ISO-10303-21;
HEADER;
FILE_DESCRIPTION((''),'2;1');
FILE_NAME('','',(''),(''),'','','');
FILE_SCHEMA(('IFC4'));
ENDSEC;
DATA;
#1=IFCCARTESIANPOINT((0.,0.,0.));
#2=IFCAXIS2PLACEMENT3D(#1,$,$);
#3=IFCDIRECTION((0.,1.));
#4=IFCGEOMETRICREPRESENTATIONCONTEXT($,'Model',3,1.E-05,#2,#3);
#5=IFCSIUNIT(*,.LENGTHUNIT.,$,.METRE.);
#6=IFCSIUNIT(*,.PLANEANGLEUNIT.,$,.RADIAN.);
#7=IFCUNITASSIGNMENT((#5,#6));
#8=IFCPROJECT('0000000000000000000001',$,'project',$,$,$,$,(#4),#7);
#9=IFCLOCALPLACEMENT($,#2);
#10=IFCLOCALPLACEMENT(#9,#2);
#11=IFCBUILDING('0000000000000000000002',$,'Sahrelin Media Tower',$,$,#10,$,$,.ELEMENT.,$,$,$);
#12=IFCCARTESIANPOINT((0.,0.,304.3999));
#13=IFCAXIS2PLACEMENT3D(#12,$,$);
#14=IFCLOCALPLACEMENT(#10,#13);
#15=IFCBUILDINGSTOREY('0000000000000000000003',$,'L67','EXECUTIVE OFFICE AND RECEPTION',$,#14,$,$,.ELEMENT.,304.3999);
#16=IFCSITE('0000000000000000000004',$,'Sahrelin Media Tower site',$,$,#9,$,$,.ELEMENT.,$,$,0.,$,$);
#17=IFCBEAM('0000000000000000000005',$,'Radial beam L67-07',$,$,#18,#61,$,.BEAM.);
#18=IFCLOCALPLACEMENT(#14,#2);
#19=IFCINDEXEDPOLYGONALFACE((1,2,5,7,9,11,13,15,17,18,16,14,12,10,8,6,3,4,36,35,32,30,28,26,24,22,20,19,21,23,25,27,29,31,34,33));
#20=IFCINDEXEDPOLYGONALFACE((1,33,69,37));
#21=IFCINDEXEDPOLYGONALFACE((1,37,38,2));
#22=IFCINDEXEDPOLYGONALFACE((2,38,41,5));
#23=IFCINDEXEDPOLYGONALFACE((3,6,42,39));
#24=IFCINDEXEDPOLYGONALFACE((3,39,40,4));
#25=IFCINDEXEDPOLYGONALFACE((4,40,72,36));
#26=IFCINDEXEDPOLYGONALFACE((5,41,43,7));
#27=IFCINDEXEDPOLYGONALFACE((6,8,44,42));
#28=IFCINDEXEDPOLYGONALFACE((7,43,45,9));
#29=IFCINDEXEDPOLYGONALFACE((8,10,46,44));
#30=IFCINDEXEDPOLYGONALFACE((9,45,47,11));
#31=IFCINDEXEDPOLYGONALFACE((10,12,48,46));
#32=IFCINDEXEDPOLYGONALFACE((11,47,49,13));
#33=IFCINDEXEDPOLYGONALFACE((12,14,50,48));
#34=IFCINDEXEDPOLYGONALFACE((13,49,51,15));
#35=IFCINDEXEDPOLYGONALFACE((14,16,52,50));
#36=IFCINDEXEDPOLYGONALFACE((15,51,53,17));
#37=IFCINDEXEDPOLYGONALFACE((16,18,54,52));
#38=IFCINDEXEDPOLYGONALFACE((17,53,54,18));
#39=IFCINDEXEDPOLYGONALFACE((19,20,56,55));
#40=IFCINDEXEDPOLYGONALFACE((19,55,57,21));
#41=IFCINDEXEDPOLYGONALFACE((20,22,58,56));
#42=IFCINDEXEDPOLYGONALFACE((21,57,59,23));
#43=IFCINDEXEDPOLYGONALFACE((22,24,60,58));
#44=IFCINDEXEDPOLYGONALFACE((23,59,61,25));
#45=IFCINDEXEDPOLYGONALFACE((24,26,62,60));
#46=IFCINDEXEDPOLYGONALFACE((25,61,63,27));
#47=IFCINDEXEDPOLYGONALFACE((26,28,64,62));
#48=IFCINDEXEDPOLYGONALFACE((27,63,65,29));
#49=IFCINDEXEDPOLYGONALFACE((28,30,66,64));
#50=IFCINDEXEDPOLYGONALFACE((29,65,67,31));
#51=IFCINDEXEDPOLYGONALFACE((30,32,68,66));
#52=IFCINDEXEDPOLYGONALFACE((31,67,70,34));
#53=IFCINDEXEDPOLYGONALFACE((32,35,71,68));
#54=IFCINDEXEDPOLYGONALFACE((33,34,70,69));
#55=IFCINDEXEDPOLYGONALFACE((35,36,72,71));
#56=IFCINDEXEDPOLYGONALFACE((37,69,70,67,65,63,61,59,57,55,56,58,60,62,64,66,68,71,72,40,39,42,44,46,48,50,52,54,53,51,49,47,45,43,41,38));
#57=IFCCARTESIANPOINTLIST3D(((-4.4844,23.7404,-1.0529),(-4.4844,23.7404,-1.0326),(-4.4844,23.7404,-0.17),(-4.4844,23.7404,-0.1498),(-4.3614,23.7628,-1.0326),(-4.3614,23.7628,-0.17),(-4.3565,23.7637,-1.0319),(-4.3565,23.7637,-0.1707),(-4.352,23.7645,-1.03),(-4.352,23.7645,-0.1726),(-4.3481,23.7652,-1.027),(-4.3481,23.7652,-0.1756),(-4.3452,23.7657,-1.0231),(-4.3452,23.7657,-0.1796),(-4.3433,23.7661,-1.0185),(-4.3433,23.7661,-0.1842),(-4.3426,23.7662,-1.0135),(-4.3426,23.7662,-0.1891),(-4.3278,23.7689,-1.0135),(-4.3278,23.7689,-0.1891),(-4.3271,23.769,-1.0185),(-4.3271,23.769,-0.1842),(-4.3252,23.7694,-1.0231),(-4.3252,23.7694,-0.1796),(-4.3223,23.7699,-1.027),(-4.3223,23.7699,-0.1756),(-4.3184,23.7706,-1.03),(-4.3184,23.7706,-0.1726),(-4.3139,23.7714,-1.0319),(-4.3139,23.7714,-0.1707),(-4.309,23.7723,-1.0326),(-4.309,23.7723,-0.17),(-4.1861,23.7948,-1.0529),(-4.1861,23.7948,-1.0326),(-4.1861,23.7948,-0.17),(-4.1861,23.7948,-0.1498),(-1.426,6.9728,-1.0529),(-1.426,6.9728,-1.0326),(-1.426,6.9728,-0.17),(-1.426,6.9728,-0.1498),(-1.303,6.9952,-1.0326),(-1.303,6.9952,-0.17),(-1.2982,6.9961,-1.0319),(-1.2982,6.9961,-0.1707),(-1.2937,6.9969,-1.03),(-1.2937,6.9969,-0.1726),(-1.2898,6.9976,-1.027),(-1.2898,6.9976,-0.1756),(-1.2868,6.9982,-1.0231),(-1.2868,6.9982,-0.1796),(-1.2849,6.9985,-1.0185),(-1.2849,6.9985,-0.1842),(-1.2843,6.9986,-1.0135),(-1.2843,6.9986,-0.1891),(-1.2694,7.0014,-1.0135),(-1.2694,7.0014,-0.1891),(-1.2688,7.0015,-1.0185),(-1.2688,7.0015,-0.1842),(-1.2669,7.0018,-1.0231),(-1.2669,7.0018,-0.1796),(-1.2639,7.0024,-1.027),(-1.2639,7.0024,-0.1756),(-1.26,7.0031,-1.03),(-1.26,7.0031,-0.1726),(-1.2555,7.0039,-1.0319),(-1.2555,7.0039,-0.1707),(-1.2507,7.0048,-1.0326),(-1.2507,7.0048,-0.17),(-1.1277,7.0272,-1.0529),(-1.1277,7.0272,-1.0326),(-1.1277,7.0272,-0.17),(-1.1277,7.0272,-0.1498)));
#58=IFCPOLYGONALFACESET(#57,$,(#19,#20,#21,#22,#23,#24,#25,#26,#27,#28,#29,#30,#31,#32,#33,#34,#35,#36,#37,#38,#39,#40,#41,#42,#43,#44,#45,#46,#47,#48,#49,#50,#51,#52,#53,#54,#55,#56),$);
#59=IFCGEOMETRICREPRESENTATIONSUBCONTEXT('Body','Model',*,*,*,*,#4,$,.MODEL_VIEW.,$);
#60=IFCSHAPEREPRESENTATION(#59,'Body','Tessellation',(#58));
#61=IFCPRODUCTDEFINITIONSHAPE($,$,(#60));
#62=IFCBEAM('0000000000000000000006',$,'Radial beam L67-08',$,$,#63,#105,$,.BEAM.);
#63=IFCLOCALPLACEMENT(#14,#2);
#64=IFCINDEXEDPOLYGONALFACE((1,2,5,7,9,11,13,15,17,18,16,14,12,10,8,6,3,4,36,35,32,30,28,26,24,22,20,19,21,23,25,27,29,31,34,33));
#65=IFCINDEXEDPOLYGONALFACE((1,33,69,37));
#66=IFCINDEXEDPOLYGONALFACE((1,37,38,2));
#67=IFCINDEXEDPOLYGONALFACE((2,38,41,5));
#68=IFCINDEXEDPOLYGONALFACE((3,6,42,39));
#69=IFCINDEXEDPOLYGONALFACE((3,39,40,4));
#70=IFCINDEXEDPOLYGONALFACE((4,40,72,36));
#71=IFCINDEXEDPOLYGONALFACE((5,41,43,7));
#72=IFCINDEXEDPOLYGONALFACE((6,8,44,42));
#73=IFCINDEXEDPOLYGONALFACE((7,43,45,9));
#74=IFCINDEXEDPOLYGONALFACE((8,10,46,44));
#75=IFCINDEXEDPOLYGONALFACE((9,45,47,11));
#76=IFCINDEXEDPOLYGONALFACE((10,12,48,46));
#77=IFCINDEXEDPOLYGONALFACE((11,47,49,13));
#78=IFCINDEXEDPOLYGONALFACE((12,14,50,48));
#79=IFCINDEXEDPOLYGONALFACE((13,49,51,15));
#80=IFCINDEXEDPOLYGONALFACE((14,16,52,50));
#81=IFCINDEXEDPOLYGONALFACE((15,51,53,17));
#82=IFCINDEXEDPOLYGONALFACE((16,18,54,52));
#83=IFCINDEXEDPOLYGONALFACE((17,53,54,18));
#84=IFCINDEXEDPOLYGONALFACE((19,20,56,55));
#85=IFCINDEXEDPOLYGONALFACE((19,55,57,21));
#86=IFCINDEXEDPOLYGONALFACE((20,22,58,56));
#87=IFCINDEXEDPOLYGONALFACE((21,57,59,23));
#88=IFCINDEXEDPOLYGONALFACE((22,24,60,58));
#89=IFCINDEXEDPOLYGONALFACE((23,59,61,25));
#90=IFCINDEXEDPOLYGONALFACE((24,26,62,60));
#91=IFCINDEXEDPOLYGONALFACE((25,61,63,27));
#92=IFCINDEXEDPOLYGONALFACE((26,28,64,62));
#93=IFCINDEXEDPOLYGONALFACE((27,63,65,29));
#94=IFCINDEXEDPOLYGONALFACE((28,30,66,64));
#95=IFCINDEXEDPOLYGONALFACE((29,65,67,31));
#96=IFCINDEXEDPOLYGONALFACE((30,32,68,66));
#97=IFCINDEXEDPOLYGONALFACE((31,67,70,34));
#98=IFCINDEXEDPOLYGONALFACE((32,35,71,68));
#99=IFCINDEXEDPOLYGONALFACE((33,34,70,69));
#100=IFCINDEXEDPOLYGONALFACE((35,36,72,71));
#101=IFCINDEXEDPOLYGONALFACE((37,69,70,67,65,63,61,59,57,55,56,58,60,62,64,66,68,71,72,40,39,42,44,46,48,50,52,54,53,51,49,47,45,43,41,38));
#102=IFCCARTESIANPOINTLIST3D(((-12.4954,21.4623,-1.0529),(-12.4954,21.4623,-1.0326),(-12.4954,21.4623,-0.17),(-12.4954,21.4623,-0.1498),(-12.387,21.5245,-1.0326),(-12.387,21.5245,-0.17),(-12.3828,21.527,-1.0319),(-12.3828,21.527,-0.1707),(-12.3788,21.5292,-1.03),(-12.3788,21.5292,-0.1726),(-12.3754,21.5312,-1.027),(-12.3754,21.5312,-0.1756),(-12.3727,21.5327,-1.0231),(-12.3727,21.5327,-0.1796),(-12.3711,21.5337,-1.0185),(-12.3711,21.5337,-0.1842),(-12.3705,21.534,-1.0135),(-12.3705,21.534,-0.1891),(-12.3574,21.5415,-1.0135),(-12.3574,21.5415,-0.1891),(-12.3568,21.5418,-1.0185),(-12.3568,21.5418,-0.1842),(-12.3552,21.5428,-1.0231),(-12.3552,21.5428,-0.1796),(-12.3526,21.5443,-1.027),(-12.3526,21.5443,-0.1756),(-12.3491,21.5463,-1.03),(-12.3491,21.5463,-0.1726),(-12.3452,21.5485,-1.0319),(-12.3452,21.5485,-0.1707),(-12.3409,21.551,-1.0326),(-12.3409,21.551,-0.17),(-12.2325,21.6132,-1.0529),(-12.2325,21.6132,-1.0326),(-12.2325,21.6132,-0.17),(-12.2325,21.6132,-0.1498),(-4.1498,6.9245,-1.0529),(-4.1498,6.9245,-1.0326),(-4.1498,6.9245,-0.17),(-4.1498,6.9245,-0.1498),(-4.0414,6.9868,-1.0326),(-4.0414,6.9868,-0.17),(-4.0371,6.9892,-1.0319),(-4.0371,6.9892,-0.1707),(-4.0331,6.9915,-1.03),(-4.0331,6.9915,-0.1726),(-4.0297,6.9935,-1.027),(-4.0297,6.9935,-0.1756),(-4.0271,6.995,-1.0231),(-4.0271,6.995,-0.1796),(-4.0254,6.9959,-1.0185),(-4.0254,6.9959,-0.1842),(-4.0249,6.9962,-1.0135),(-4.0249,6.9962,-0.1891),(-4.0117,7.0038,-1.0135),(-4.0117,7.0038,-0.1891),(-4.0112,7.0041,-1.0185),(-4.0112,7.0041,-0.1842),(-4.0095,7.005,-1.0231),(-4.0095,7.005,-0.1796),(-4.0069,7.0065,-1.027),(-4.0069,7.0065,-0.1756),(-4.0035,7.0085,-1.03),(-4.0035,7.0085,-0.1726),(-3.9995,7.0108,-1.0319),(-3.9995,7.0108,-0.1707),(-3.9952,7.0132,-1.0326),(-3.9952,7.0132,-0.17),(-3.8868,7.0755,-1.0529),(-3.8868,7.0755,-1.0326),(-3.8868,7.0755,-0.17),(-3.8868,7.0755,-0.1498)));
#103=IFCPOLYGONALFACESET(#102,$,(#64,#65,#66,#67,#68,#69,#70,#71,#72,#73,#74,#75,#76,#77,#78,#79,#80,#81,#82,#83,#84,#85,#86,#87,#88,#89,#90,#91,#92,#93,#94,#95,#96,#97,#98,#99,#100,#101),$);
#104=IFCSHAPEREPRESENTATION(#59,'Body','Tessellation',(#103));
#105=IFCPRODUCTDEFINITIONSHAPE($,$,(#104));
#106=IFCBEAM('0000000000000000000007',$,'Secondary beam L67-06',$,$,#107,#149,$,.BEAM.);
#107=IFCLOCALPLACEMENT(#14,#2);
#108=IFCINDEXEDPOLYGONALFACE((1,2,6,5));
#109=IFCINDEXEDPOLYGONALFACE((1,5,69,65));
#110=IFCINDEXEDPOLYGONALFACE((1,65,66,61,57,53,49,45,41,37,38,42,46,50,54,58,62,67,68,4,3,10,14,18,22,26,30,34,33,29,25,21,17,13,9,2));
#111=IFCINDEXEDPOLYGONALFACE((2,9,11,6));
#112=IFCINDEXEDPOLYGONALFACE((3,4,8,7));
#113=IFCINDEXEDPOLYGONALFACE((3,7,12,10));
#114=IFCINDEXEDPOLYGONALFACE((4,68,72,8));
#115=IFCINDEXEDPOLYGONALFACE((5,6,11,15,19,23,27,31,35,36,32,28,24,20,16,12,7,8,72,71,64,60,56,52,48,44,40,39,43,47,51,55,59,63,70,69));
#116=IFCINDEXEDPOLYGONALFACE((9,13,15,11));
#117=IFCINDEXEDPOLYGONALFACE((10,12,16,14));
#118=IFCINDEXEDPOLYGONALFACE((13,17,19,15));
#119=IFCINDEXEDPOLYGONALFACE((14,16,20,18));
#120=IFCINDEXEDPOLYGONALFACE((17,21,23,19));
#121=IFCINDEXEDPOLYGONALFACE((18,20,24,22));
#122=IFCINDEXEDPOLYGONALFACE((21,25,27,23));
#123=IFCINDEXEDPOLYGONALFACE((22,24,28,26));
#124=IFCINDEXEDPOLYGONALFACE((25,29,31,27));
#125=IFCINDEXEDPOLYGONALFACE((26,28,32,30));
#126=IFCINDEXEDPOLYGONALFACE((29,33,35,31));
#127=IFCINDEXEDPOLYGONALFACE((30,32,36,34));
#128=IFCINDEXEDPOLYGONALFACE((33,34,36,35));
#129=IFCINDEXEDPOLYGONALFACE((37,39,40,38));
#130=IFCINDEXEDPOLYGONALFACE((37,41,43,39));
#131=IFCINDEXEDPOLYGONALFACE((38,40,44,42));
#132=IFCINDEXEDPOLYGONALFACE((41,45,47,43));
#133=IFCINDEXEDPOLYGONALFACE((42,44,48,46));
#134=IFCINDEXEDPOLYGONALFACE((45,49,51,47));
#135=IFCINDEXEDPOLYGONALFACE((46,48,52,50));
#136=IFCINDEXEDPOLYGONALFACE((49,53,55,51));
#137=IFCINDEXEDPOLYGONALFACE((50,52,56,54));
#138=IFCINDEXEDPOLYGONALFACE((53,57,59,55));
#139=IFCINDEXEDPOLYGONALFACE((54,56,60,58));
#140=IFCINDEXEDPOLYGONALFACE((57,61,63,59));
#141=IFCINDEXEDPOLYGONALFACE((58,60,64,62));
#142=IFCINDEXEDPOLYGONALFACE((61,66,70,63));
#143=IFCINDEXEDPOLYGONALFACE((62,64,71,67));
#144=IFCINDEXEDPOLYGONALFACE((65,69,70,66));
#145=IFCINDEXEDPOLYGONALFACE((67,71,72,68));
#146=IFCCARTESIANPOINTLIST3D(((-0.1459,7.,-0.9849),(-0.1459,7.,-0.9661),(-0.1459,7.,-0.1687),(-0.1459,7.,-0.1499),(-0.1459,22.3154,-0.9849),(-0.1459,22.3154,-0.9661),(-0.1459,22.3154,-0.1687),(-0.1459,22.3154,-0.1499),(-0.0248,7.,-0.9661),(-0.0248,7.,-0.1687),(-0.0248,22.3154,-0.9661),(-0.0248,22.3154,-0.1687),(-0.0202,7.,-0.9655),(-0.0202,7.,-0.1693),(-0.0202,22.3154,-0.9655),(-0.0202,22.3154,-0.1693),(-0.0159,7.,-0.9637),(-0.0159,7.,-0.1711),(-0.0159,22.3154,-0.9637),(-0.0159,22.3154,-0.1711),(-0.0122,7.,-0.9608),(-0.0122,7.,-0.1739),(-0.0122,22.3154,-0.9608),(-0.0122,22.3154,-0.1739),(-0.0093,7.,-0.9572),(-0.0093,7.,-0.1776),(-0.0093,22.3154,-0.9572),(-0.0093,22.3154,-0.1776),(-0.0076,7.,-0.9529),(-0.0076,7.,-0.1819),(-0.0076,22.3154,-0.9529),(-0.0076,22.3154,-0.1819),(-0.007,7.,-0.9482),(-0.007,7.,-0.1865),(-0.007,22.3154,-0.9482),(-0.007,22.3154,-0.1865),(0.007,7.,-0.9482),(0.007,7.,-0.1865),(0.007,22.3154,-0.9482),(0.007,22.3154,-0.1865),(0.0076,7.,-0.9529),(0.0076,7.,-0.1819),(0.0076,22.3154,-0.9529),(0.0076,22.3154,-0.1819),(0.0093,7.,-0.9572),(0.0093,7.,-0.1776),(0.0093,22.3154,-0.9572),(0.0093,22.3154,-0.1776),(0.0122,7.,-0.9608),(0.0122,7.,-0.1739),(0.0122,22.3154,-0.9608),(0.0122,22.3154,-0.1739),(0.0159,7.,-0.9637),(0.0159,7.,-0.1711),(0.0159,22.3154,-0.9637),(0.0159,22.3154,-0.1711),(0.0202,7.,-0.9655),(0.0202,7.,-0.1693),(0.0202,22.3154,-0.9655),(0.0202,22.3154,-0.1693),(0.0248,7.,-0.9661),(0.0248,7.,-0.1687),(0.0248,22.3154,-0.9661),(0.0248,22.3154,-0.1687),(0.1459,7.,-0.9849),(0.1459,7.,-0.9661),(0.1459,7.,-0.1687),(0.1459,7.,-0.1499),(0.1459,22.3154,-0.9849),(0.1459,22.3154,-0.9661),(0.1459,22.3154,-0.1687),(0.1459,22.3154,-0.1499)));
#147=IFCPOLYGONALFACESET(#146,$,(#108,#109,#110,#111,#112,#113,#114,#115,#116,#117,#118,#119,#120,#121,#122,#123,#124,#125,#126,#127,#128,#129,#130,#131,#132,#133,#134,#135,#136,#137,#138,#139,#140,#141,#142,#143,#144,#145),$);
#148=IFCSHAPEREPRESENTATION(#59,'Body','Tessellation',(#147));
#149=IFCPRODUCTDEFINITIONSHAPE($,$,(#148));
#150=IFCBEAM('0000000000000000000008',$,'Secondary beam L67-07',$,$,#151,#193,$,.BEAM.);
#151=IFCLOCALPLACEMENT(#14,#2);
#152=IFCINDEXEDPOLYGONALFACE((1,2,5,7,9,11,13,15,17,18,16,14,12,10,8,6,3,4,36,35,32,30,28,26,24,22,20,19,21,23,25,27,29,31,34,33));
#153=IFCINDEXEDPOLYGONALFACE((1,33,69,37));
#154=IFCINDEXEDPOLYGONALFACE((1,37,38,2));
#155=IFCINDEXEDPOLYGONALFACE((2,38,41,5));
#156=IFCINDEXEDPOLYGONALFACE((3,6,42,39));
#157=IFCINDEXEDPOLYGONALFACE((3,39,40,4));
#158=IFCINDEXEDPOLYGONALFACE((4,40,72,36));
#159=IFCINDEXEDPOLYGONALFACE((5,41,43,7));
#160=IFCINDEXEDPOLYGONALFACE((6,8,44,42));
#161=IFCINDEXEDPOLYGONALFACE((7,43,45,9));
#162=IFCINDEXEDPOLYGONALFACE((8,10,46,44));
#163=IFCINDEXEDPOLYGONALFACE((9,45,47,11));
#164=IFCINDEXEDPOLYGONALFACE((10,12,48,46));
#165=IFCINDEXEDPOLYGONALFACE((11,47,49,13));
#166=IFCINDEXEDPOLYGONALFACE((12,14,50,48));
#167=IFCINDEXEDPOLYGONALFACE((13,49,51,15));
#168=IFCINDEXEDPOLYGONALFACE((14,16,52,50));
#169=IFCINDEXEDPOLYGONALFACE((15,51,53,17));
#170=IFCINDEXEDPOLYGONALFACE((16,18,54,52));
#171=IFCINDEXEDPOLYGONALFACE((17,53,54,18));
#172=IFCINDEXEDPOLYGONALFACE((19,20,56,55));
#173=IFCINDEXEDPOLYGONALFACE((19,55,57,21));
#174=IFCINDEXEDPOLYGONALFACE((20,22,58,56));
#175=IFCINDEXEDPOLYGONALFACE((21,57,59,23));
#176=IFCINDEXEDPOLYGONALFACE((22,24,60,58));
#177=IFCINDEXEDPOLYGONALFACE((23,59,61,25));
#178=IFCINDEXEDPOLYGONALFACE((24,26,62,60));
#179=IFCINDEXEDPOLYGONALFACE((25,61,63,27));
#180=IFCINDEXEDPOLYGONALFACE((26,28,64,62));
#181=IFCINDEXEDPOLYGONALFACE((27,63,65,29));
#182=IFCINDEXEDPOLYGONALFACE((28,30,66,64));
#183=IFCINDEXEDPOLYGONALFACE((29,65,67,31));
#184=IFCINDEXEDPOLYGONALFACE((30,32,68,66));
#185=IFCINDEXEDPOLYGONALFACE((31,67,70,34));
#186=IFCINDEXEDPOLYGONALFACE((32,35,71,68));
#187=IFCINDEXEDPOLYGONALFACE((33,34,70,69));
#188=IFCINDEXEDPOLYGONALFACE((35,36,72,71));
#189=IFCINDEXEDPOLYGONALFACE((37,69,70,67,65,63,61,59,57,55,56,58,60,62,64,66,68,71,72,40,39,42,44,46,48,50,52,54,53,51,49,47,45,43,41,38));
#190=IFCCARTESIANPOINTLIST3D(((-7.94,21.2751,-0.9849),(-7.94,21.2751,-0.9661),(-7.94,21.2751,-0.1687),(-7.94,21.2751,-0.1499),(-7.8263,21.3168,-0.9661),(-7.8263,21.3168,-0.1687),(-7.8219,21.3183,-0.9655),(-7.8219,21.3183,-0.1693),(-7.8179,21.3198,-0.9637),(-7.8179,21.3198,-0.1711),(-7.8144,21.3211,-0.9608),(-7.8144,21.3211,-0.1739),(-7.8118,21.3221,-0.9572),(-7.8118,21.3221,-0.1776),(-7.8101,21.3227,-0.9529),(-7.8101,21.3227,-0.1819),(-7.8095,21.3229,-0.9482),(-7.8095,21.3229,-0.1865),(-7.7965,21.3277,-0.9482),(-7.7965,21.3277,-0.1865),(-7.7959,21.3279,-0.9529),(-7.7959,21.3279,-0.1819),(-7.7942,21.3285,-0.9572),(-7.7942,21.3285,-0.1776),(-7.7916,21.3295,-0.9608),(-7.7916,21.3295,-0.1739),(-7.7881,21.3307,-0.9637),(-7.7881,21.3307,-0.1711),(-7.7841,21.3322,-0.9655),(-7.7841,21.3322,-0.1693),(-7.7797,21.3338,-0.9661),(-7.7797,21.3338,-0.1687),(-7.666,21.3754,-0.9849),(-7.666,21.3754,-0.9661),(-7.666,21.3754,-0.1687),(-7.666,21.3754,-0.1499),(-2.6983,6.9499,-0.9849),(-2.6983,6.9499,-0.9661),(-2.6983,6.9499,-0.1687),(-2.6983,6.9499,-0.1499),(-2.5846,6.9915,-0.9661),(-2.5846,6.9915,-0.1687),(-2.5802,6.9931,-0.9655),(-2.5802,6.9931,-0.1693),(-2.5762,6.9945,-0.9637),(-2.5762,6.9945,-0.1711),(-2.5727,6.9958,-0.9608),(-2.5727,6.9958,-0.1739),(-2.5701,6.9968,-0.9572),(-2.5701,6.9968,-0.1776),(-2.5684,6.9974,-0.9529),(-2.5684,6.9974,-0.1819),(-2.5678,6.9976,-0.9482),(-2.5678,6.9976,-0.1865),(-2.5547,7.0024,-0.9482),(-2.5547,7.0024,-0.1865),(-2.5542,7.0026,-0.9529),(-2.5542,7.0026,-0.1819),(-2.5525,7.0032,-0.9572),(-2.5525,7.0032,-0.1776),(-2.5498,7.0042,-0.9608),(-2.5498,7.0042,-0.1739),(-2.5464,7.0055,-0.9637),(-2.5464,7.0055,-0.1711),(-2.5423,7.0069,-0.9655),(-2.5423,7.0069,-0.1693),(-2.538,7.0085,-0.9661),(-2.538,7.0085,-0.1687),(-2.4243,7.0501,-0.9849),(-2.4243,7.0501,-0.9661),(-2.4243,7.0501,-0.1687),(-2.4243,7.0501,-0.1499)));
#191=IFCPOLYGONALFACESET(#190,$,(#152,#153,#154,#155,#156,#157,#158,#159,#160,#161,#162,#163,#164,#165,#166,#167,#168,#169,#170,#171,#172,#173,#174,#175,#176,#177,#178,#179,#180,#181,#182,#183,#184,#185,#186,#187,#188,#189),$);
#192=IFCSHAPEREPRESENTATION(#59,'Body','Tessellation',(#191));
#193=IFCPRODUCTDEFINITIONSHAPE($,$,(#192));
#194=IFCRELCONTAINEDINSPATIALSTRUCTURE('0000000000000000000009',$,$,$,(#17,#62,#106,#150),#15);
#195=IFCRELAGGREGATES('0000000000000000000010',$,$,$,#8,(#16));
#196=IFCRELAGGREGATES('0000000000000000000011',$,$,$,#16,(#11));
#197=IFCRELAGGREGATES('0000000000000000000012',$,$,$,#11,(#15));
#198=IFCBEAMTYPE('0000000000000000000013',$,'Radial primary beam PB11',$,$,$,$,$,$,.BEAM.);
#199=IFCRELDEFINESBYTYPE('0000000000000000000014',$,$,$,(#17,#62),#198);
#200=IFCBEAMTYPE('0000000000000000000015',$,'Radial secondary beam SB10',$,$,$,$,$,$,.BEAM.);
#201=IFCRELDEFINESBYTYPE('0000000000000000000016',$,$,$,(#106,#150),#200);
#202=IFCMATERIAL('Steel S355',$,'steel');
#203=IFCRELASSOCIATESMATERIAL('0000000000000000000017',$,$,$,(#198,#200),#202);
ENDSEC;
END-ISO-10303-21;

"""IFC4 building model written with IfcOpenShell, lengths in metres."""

from ifc_helpers import new_model, si_unit, direction, frame, origin, origin_2d, place, context, subcontext, project, spatial, i_section, extrude, material, material_profile, profile_set, type_object, element, save


model = new_model("IFC4")

# Units and contexts
model_context = context("Model", 3, precision=1e-05, world=origin(), true_north=direction((0.0, 1.0)))
body_context = subcontext(model_context, "Body", "Model", "MODEL_VIEW")
ifc_project = project(units=[si_unit("LENGTHUNIT", "METRE"), si_unit("PLANEANGLEUNIT", "RADIAN")], contexts=[model_context])

# Site, building, storey
site_placement = place(None, origin())
site = spatial("IfcSite", under=ifc_project, at=site_placement, Name="Sahrelin Media Tower site", CompositionType="ELEMENT", RefElevation=0.0)
building_placement = place(site_placement, origin())
building = spatial("IfcBuilding", under=site, at=building_placement, Name="Sahrelin Media Tower", CompositionType="ELEMENT")
storey_placement = place(building_placement, frame((0.0, 0.0, 304.3999)))
storey = spatial("IfcBuildingStorey", under=building, at=storey_placement, Name="L67", Description="EXECUTIVE OFFICE AND RECEPTION", CompositionType="ELEMENT", Elevation=304.3999)

# Shared definitions
ifc_material_1 = material(Name="Steel S355", Category="steel")

# Beams
ifc_material_profile_1 = material_profile(ifc_material_1, i_section(OverallWidth=0.3032, OverallDepth=0.9031, WebThickness=0.0151, FlangeThickness=0.0203, FilletRadius=0.019, at=origin_2d()), Name="UB 914x305x201")
ifc_profile_set_1 = profile_set([ifc_material_profile_1], Name="Steel S355")
beam_type_1 = type_object("IfcBeamType", Name="Radial primary beam PB11", PredefinedType="BEAM", material=ifc_profile_set_1)
beam_1_placement = place(storey_placement, frame((-1.2769, 7.0, -0.6013), z_axis=(-0.179436, 0.98377, 0.0), x_axis=(-0.98377, -0.179436, 0.0)))
element("IfcBeam", 1, at=beam_1_placement, inside=storey, type_object=beam_type_1, Name="Radial beam L67-07", PredefinedType="BEAM", context=body_context, shape_type="SweptSolid", body=[
    extrude(i_section(OverallWidth=0.3032, OverallDepth=0.9031, WebThickness=0.0151, FlangeThickness=0.0203, FilletRadius=0.019, at=origin_2d()), origin(), (0.0, 0.0, 1.0), 17.0442),
])
beam_2_placement = place(storey_placement, frame((-4.0183, 7.0, -0.6013), z_axis=(-0.497863, 0.867256, 0.0), x_axis=(-0.867256, -0.497863, 0.0)))
element("IfcBeam", 2, at=beam_2_placement, inside=storey, type_object=beam_type_1, Name="Radial beam L67-08", PredefinedType="BEAM", context=body_context, shape_type="SweptSolid", body=[
    extrude(i_section(OverallWidth=0.3032, OverallDepth=0.9031, WebThickness=0.0151, FlangeThickness=0.0203, FilletRadius=0.019, at=origin_2d()), origin(), (0.0, 0.0, 1.0), 16.7629),
])
ifc_material_profile_2 = material_profile(ifc_material_1, i_section(OverallWidth=0.2917, OverallDepth=0.835, WebThickness=0.0139, FlangeThickness=0.0188, FilletRadius=0.0178, at=origin_2d()), Name="UB 838x292x176")
ifc_profile_set_2 = profile_set([ifc_material_profile_2], Name="Steel S355")
beam_type_2 = type_object("IfcBeamType", Name="Radial secondary beam SB10", PredefinedType="BEAM", material=ifc_profile_set_2)
beam_3_placement = place(storey_placement, frame((0.0, 7.0, -0.5674), z_axis=(0.0, 1.0, 0.0), x_axis=(-1.0, 0.0, 0.0)))
element("IfcBeam", 3, at=beam_3_placement, inside=storey, type_object=beam_type_2, Name="Secondary beam L67-06", PredefinedType="BEAM", context=body_context, shape_type="SweptSolid", body=[
    extrude(i_section(OverallWidth=0.2917, OverallDepth=0.835, WebThickness=0.0139, FlangeThickness=0.0188, FilletRadius=0.0178, at=origin_2d()), origin(), (0.0, 0.0, 1.0), 15.3154),
])
beam_4_placement = place(storey_placement, frame((-2.5613, 7.0, -0.5674), z_axis=(-0.343626, 0.939106, 0.0), x_axis=(-0.939106, -0.343626, 0.0)))
element("IfcBeam", 4, at=beam_4_placement, inside=storey, type_object=beam_type_2, Name="Secondary beam L67-07", PredefinedType="BEAM", context=body_context, shape_type="SweptSolid", body=[
    extrude(i_section(OverallWidth=0.2917, OverallDepth=0.835, WebThickness=0.0139, FlangeThickness=0.0188, FilletRadius=0.0178, at=origin_2d()), origin(), (0.0, 0.0, 1.0), 15.2542),
])

save(model, "model.ifc")
